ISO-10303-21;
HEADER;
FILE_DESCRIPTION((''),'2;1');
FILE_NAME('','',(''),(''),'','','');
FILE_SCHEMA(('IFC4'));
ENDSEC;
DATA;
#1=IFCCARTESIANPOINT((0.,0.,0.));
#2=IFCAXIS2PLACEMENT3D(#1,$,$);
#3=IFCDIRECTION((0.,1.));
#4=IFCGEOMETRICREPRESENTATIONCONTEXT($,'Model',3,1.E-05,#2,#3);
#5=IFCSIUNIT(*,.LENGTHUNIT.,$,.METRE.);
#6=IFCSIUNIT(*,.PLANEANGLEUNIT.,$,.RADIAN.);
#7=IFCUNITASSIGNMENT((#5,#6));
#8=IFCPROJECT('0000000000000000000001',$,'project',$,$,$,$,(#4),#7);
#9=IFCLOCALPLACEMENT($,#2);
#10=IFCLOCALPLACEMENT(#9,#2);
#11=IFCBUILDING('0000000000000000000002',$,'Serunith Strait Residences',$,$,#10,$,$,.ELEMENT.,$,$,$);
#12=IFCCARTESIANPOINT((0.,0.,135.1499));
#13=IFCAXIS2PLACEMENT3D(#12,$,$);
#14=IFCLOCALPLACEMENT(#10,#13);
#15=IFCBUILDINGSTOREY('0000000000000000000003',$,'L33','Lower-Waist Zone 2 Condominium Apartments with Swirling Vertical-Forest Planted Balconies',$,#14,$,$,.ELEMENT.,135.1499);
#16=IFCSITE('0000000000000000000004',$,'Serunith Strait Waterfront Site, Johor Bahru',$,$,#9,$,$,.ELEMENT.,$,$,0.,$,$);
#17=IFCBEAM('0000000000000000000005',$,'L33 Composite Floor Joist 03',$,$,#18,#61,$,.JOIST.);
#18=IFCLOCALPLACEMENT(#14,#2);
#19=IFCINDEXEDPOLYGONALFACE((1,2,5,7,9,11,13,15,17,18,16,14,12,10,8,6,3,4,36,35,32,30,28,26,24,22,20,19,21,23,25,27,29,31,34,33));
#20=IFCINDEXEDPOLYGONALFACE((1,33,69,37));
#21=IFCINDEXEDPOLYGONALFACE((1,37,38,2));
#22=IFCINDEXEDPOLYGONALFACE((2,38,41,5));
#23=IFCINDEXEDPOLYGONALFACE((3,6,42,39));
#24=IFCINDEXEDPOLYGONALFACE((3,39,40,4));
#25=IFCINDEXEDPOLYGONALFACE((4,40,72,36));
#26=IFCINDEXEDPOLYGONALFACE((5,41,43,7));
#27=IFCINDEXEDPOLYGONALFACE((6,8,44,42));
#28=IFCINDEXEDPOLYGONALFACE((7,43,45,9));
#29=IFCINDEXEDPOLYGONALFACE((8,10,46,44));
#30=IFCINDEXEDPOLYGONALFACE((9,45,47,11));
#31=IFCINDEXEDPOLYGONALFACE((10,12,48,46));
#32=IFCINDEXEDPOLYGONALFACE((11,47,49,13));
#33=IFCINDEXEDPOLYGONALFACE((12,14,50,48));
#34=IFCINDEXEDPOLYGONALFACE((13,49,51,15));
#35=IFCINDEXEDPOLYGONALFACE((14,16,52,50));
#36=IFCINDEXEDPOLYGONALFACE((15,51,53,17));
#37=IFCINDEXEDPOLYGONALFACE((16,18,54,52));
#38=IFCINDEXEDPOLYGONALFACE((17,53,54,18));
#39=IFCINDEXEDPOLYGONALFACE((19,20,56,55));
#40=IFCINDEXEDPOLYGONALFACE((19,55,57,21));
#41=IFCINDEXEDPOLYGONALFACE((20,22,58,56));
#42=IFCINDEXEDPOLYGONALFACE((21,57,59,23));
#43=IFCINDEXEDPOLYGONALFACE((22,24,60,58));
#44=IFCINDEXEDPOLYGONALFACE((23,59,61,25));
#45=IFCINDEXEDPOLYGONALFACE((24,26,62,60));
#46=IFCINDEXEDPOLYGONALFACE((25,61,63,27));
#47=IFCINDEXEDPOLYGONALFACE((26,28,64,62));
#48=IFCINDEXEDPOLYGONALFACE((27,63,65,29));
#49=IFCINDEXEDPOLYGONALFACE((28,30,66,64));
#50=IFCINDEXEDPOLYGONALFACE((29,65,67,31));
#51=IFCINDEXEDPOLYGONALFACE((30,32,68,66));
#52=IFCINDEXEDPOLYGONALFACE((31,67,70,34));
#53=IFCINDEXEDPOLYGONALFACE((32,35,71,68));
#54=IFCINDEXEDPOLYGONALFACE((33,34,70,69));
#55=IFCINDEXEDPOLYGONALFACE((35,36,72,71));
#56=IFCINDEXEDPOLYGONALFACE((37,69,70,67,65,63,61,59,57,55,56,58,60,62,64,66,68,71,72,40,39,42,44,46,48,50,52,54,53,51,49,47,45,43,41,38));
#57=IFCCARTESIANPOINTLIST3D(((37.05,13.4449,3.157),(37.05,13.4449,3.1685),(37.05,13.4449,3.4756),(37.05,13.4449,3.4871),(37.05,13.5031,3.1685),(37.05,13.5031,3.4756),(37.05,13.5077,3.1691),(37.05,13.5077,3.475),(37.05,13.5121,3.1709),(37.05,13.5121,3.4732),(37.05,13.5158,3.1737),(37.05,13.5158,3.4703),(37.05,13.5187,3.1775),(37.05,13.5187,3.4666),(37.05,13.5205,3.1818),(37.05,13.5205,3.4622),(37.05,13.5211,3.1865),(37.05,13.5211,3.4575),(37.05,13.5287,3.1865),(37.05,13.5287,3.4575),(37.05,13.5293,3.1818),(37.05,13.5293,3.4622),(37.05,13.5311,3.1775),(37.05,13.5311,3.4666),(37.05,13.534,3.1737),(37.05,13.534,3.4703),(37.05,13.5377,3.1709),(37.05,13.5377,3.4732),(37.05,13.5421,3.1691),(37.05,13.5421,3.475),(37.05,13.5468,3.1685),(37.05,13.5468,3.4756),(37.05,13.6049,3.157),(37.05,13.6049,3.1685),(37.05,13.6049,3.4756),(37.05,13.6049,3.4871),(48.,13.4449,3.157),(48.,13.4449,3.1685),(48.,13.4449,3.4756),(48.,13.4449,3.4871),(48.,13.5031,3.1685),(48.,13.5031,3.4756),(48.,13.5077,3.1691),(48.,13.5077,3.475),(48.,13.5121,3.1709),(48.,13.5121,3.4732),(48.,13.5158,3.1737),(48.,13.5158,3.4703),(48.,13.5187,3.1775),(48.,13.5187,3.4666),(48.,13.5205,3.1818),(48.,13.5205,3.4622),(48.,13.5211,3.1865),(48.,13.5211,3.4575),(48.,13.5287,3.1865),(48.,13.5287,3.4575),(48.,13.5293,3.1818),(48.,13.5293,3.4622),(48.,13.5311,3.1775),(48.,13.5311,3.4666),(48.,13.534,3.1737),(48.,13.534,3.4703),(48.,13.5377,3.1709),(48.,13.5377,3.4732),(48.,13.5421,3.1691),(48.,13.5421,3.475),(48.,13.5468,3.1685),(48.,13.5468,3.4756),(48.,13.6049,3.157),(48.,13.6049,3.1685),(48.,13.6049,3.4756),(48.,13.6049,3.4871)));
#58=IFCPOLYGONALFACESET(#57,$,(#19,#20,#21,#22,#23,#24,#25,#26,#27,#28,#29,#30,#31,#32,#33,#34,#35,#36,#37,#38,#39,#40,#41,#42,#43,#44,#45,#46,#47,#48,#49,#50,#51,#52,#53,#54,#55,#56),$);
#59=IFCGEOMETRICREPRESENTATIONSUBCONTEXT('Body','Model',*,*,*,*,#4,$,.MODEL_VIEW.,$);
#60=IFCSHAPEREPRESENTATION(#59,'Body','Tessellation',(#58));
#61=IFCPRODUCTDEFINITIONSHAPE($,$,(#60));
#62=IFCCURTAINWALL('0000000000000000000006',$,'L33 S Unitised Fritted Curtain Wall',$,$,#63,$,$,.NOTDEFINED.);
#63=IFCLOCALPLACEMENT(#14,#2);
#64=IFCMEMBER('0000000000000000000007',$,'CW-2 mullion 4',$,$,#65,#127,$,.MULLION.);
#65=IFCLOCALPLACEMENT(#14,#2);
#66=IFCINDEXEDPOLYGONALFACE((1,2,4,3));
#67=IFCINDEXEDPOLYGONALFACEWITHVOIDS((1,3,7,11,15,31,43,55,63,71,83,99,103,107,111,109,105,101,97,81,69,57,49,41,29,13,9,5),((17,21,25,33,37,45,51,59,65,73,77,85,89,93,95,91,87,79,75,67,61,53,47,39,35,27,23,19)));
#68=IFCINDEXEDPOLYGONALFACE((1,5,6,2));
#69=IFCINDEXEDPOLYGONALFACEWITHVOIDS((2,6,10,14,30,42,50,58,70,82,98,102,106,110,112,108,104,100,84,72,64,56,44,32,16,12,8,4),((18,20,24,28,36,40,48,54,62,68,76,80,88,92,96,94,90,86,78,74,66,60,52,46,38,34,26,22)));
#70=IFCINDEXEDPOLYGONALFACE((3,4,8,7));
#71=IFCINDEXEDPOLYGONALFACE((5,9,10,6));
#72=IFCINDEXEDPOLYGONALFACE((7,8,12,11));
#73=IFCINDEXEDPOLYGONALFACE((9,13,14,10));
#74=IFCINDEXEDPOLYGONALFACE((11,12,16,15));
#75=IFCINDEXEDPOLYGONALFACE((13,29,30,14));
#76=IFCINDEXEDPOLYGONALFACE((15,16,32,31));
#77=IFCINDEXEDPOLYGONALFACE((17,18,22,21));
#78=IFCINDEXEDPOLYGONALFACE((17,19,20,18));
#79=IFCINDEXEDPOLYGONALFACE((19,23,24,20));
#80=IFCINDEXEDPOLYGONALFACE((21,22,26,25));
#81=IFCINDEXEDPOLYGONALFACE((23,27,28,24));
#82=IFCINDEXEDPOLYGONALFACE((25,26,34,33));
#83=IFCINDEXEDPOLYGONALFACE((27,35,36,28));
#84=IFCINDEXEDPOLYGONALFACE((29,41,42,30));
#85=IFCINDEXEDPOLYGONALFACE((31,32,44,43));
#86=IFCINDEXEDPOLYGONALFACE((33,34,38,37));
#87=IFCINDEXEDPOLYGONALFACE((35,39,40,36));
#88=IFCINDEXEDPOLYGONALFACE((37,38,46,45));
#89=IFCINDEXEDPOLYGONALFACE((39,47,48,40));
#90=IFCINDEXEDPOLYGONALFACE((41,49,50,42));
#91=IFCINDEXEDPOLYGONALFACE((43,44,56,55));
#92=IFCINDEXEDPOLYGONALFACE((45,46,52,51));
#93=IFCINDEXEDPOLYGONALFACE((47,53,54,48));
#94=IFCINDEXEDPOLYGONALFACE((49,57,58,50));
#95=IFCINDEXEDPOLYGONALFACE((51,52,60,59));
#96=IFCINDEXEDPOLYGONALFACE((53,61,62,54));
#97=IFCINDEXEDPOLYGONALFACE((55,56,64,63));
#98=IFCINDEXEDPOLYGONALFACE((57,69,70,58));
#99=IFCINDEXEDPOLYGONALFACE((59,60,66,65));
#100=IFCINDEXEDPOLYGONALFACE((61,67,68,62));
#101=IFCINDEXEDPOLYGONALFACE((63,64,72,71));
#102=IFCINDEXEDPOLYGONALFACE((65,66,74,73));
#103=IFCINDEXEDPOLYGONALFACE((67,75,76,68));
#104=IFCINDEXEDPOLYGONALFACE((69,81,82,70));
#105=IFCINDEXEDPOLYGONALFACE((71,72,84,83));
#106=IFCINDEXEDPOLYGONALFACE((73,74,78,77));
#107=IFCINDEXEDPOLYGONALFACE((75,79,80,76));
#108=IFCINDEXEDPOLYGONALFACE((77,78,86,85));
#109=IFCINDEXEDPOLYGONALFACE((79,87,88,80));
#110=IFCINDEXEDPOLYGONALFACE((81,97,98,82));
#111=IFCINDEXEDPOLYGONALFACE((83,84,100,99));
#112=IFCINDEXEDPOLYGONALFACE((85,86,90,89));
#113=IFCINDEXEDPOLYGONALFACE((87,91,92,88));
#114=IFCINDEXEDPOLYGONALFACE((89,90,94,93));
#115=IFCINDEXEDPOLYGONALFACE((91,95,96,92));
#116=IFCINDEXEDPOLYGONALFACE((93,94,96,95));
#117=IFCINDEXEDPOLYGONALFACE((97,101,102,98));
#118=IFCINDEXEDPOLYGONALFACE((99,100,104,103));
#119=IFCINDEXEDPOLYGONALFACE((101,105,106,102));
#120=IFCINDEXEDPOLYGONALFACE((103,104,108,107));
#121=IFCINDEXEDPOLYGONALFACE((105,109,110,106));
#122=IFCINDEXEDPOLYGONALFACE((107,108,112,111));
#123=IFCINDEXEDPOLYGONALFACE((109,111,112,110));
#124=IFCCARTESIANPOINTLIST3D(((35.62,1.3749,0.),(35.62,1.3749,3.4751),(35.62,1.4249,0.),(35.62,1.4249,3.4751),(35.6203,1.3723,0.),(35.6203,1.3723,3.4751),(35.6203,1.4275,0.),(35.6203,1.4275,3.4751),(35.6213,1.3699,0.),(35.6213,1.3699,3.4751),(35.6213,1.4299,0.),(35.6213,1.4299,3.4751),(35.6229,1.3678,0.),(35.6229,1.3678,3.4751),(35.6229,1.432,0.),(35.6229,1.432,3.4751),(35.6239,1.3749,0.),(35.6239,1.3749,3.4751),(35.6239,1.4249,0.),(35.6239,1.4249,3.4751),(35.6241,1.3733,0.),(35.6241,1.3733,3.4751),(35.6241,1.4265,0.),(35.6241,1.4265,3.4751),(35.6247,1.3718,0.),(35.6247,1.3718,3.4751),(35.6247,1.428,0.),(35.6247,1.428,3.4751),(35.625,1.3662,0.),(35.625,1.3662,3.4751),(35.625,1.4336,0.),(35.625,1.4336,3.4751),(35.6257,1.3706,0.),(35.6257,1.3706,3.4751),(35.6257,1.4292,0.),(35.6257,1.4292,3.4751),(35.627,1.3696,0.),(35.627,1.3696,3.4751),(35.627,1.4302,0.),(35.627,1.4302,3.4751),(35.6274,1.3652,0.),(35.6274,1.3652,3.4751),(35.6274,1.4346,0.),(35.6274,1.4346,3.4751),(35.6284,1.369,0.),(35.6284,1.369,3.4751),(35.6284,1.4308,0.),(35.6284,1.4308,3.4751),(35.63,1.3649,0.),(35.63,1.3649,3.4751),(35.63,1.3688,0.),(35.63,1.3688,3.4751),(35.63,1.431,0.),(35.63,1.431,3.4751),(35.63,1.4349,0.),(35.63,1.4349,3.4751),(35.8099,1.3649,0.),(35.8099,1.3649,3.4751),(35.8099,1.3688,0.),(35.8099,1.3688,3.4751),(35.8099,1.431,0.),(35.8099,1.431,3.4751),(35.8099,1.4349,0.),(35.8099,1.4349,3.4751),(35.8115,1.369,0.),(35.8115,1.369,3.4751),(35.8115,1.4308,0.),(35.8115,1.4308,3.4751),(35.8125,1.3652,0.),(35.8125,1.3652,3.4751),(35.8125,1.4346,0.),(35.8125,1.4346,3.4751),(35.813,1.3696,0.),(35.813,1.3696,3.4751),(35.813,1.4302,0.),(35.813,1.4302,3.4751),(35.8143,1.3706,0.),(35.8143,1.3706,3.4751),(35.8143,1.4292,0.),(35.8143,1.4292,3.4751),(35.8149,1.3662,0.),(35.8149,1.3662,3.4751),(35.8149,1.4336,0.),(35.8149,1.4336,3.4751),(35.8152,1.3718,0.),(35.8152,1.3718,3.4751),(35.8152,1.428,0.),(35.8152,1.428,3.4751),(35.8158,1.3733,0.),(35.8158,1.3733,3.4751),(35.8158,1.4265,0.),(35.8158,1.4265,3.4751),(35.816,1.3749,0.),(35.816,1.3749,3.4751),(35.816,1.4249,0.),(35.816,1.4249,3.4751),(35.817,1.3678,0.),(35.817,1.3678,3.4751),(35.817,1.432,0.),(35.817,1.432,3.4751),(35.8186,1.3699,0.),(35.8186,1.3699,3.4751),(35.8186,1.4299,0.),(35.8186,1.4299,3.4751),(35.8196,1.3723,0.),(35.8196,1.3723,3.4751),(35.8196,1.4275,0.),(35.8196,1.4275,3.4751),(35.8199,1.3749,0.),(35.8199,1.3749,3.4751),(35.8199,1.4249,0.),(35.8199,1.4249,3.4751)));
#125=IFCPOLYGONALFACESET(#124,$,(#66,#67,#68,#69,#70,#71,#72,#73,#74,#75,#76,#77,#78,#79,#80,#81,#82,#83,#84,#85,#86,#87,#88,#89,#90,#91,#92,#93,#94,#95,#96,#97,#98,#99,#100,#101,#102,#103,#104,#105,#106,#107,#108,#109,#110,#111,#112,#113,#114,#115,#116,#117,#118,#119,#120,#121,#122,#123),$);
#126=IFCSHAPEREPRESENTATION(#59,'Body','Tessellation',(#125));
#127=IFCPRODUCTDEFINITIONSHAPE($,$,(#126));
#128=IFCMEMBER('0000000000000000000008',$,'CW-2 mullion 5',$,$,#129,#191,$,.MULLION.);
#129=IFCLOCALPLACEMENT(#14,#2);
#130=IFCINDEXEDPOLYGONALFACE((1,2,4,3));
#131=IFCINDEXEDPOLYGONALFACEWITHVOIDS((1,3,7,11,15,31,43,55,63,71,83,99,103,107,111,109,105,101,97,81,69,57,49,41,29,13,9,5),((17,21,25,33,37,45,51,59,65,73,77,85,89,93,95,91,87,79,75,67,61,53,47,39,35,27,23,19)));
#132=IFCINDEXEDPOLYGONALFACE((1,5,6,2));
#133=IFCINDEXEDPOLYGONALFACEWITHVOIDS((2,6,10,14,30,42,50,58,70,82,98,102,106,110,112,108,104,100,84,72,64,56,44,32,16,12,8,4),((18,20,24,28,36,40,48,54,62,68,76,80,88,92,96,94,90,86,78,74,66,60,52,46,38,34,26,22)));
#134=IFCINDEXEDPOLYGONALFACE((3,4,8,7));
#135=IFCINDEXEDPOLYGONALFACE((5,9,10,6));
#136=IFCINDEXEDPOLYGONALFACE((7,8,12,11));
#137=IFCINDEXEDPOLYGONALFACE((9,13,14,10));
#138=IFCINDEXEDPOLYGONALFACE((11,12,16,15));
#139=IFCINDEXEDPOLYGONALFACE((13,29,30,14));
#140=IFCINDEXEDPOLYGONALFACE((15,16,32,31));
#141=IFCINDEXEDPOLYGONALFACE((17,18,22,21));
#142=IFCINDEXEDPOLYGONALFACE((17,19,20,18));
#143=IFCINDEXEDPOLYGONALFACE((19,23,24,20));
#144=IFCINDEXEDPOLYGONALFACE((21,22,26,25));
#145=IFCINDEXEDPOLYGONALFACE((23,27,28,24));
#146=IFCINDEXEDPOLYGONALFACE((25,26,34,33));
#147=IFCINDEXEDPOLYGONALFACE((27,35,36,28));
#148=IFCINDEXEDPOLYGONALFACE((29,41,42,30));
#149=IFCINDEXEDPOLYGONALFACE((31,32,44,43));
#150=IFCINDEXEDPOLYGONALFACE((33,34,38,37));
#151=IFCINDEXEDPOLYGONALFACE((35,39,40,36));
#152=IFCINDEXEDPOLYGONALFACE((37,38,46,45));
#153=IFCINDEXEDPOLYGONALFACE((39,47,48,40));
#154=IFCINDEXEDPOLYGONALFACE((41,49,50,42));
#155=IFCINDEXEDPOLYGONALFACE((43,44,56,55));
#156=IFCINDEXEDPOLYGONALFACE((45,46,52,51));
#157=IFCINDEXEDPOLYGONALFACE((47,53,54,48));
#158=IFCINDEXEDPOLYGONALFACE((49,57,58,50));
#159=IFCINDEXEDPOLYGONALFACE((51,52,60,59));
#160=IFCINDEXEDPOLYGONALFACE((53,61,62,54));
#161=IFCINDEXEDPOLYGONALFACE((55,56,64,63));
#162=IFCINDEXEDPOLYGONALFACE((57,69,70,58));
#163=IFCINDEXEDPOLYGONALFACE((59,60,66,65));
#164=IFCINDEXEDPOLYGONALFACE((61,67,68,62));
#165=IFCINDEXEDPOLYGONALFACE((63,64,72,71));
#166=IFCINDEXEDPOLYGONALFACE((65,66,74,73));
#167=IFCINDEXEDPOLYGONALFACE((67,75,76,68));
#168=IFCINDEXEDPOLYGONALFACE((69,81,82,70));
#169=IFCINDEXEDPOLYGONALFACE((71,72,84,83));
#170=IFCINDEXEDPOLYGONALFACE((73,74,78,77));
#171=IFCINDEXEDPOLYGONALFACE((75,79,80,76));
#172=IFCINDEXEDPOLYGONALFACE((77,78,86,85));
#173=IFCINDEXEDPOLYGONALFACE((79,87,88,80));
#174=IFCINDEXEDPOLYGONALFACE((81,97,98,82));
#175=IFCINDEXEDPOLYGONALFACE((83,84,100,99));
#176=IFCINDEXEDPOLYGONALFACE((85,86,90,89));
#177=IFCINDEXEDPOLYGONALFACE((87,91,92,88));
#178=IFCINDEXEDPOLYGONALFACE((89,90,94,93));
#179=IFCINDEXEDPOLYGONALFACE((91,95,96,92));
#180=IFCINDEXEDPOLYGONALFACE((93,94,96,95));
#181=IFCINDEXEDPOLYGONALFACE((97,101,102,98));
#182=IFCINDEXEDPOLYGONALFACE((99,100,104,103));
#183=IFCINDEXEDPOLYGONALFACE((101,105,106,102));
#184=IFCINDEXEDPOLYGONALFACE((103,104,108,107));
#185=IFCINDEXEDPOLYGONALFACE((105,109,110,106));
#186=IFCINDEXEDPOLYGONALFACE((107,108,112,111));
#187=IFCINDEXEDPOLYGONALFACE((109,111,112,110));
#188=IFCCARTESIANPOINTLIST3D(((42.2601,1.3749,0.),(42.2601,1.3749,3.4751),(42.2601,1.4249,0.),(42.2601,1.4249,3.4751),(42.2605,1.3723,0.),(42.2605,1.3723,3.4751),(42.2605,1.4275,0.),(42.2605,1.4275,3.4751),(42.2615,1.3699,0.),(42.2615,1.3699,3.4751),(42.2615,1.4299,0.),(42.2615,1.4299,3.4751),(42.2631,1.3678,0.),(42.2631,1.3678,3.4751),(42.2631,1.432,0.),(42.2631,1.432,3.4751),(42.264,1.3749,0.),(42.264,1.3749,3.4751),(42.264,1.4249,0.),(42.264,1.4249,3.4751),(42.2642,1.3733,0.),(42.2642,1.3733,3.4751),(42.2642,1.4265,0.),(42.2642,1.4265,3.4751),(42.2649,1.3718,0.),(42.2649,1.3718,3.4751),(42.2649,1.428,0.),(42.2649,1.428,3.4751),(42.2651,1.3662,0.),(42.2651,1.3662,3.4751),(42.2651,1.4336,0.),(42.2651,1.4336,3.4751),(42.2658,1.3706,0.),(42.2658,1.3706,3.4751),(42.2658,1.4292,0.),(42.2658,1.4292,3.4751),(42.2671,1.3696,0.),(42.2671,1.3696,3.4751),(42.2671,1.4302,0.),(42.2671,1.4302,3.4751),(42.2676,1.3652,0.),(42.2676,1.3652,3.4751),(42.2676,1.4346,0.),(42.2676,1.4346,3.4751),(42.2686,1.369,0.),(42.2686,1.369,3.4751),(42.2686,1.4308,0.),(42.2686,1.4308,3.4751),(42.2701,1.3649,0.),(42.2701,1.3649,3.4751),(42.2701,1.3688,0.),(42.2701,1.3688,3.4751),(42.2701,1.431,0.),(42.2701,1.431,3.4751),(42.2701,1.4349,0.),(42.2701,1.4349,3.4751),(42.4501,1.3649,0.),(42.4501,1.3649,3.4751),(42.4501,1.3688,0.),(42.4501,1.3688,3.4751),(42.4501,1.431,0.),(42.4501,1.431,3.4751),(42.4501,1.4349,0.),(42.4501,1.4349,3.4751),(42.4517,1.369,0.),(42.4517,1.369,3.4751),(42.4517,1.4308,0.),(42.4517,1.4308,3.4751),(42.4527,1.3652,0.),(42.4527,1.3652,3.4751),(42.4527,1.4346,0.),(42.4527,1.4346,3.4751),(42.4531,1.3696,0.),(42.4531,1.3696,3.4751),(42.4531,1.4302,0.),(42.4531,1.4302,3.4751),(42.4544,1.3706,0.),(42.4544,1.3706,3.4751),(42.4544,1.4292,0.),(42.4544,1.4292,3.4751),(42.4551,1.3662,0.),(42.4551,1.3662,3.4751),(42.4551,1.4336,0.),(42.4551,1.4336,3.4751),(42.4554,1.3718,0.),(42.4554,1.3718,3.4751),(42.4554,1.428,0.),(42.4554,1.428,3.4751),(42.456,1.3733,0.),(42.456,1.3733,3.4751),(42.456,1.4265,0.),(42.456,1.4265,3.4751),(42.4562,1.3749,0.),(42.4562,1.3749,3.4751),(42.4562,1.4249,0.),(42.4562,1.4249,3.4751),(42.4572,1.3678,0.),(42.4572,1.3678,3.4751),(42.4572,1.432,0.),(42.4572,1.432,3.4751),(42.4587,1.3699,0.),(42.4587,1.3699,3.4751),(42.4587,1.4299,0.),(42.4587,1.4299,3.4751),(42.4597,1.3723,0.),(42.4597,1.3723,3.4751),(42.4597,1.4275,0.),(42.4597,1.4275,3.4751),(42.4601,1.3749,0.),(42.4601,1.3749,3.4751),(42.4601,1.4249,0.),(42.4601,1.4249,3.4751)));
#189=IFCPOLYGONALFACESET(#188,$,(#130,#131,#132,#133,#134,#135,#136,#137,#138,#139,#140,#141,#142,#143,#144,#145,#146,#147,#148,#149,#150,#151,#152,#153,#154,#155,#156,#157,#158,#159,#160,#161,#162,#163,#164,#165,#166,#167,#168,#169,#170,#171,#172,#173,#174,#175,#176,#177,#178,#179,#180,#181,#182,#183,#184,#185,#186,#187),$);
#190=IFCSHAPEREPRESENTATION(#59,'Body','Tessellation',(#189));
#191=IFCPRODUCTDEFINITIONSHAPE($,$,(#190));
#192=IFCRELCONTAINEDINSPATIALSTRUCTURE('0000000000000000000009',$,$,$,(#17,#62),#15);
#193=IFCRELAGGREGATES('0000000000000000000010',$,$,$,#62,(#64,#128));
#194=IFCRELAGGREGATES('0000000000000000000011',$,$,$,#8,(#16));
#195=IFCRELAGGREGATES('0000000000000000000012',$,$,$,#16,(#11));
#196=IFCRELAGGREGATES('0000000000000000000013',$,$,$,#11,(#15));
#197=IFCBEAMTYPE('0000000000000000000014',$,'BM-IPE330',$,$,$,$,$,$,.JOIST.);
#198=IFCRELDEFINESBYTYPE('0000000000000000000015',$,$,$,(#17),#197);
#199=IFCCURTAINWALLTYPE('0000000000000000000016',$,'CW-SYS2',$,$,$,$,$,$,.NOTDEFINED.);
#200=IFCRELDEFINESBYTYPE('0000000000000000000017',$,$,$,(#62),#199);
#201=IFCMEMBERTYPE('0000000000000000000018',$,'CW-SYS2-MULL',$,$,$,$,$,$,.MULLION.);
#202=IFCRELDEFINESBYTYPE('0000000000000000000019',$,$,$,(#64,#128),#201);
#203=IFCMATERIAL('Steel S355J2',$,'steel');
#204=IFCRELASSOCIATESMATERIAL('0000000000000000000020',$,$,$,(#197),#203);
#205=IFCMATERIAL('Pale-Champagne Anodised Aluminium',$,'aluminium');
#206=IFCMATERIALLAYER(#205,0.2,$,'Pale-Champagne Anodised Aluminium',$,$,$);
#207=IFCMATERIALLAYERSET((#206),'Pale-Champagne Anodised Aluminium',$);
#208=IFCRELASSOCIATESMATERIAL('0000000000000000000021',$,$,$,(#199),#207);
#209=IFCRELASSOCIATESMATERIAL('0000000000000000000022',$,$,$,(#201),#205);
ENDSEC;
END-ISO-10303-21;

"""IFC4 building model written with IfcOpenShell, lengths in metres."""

from ifc_helpers import new_model, si_unit, direction, frame, origin, origin_2d, place, context, subcontext, project, spatial, hollow_rectangle, i_section, extrude, source, transform, mapped, material, layer, layer_set, material_profile, profile_set, type_object, element, aggregate, save


model = new_model("IFC4")

# Units and contexts
model_context = context("Model", 3, precision=1e-05, world=origin(), true_north=direction((0.0, 1.0)))
body_context = subcontext(model_context, "Body", "Model", "MODEL_VIEW")
ifc_project = project(units=[si_unit("LENGTHUNIT", "METRE"), si_unit("PLANEANGLEUNIT", "RADIAN")], contexts=[model_context])

# Site, building, storey
site_placement = place(None, origin())
site = spatial("IfcSite", under=ifc_project, at=site_placement, Name="Serunith Strait Waterfront Site, Johor Bahru", CompositionType="ELEMENT", RefElevation=0.0)
building_placement = place(site_placement, origin())
building = spatial("IfcBuilding", under=site, at=building_placement, Name="Serunith Strait Residences", CompositionType="ELEMENT")
storey_placement = place(building_placement, frame((0.0, 0.0, 135.1499)))
storey = spatial("IfcBuildingStorey", under=building, at=storey_placement, Name="L33", Description="Lower-Waist Zone 2 Condominium Apartments with Swirling Vertical-Forest Planted Balconies", CompositionType="ELEMENT", Elevation=135.1499)

# Beam
ifc_material_1 = material(Name="Steel S355J2", Category="steel")
ifc_material_profile_1 = material_profile(ifc_material_1, i_section(OverallWidth=0.1599, OverallDepth=0.3301, WebThickness=0.0076, FlangeThickness=0.0115, FilletRadius=0.0181, at=origin_2d()), Name="IPE 330")
ifc_profile_set_1 = profile_set([ifc_material_profile_1], Name="Steel S355J2")
beam_type_1 = type_object("IfcBeamType", Name="BM-IPE330", PredefinedType="JOIST", material=ifc_profile_set_1)
shared_shape_1 = source(origin(), body_context, "Body", "SweptSolid", [
    extrude(i_section(OverallWidth=0.1599, OverallDepth=0.3301, WebThickness=0.0076, FlangeThickness=0.0115, FilletRadius=0.0181, at=origin_2d()), origin(), (0.0, 0.0, 1.0), 10.95),
])
beam_1_placement = place(storey_placement, frame((37.05, 13.5249, 3.322), z_axis=(1.0, 0.0, 0.0), x_axis=(0.0, 1.0, 0.0)))
element("IfcBeam", 1, at=beam_1_placement, inside=storey, type_object=beam_type_1, Name="L33 Composite Floor Joist 03", PredefinedType="JOIST", context=body_context, shape_type="MappedRepresentation", body=[
    mapped(shared_shape_1, transform((0.0, 0.0, 0.0), scale=1.0)),
])

# Curtain wall, members
ifc_material_2 = material(Name="Pale-Champagne Anodised Aluminium", Category="aluminium")
ifc_layer_1 = layer(ifc_material_2, 0.2, Name="Pale-Champagne Anodised Aluminium")
ifc_layer_set_1 = layer_set([ifc_layer_1], Name="Pale-Champagne Anodised Aluminium")
curtain_wall_type = type_object("IfcCurtainWallType", Name="CW-SYS2", PredefinedType="NOTDEFINED", material=ifc_layer_set_1)
curtain_wall_placement = place(storey_placement, origin())
curtain_wall = element("IfcCurtainWall", 2, at=curtain_wall_placement, inside=storey, type_object=curtain_wall_type, Name="L33 S Unitised Fritted Curtain Wall", PredefinedType="NOTDEFINED")
ifc_material_profile_2 = material_profile(ifc_material_2, hollow_rectangle(XDim=0.0701, YDim=0.2, WallThickness=0.0039, InnerFilletRadius=0.0061, OuterFilletRadius=0.01, at=origin_2d()), Name="ALU 200x70x4")
ifc_profile_set_2 = profile_set([ifc_material_profile_2], Name="Pale-Champagne Anodised Aluminium")
member_type_1 = type_object("IfcMemberType", Name="CW-SYS2-MULL", PredefinedType="MULLION", material=ifc_profile_set_2)
shared_shape_2 = source(origin(), body_context, "Body", "SweptSolid", [
    extrude(hollow_rectangle(XDim=0.0701, YDim=0.2, WallThickness=0.0039, InnerFilletRadius=0.0061, OuterFilletRadius=0.01, at=origin_2d()), origin(), (0.0, 0.0, 1.0), 3.4751),
])
member_1_placement = place(storey_placement, frame((35.72, 1.3999, 0.0), z_axis=(0.0, 0.0, 1.0), x_axis=(0.0, 1.0, 0.0)))
member_1 = element("IfcMember", 3, at=member_1_placement, type_object=member_type_1, Name="CW-2 mullion 4", PredefinedType="MULLION", context=body_context, shape_type="MappedRepresentation", body=[
    mapped(shared_shape_2, transform((0.0, 0.0, 0.0), scale=1.0)),
])
member_2_placement = place(storey_placement, frame((42.3601, 1.3999, 0.0), z_axis=(0.0, 0.0, 1.0), x_axis=(0.0, 1.0, 0.0)))
member_2 = element("IfcMember", 4, at=member_2_placement, type_object=member_type_1, Name="CW-2 mullion 5", PredefinedType="MULLION", context=body_context, shape_type="MappedRepresentation", body=[
    mapped(shared_shape_2, transform((0.0, 0.0, 0.0), scale=1.0)),
])
aggregate(curtain_wall, [member_1, member_2])

save(model, "model.ifc")
